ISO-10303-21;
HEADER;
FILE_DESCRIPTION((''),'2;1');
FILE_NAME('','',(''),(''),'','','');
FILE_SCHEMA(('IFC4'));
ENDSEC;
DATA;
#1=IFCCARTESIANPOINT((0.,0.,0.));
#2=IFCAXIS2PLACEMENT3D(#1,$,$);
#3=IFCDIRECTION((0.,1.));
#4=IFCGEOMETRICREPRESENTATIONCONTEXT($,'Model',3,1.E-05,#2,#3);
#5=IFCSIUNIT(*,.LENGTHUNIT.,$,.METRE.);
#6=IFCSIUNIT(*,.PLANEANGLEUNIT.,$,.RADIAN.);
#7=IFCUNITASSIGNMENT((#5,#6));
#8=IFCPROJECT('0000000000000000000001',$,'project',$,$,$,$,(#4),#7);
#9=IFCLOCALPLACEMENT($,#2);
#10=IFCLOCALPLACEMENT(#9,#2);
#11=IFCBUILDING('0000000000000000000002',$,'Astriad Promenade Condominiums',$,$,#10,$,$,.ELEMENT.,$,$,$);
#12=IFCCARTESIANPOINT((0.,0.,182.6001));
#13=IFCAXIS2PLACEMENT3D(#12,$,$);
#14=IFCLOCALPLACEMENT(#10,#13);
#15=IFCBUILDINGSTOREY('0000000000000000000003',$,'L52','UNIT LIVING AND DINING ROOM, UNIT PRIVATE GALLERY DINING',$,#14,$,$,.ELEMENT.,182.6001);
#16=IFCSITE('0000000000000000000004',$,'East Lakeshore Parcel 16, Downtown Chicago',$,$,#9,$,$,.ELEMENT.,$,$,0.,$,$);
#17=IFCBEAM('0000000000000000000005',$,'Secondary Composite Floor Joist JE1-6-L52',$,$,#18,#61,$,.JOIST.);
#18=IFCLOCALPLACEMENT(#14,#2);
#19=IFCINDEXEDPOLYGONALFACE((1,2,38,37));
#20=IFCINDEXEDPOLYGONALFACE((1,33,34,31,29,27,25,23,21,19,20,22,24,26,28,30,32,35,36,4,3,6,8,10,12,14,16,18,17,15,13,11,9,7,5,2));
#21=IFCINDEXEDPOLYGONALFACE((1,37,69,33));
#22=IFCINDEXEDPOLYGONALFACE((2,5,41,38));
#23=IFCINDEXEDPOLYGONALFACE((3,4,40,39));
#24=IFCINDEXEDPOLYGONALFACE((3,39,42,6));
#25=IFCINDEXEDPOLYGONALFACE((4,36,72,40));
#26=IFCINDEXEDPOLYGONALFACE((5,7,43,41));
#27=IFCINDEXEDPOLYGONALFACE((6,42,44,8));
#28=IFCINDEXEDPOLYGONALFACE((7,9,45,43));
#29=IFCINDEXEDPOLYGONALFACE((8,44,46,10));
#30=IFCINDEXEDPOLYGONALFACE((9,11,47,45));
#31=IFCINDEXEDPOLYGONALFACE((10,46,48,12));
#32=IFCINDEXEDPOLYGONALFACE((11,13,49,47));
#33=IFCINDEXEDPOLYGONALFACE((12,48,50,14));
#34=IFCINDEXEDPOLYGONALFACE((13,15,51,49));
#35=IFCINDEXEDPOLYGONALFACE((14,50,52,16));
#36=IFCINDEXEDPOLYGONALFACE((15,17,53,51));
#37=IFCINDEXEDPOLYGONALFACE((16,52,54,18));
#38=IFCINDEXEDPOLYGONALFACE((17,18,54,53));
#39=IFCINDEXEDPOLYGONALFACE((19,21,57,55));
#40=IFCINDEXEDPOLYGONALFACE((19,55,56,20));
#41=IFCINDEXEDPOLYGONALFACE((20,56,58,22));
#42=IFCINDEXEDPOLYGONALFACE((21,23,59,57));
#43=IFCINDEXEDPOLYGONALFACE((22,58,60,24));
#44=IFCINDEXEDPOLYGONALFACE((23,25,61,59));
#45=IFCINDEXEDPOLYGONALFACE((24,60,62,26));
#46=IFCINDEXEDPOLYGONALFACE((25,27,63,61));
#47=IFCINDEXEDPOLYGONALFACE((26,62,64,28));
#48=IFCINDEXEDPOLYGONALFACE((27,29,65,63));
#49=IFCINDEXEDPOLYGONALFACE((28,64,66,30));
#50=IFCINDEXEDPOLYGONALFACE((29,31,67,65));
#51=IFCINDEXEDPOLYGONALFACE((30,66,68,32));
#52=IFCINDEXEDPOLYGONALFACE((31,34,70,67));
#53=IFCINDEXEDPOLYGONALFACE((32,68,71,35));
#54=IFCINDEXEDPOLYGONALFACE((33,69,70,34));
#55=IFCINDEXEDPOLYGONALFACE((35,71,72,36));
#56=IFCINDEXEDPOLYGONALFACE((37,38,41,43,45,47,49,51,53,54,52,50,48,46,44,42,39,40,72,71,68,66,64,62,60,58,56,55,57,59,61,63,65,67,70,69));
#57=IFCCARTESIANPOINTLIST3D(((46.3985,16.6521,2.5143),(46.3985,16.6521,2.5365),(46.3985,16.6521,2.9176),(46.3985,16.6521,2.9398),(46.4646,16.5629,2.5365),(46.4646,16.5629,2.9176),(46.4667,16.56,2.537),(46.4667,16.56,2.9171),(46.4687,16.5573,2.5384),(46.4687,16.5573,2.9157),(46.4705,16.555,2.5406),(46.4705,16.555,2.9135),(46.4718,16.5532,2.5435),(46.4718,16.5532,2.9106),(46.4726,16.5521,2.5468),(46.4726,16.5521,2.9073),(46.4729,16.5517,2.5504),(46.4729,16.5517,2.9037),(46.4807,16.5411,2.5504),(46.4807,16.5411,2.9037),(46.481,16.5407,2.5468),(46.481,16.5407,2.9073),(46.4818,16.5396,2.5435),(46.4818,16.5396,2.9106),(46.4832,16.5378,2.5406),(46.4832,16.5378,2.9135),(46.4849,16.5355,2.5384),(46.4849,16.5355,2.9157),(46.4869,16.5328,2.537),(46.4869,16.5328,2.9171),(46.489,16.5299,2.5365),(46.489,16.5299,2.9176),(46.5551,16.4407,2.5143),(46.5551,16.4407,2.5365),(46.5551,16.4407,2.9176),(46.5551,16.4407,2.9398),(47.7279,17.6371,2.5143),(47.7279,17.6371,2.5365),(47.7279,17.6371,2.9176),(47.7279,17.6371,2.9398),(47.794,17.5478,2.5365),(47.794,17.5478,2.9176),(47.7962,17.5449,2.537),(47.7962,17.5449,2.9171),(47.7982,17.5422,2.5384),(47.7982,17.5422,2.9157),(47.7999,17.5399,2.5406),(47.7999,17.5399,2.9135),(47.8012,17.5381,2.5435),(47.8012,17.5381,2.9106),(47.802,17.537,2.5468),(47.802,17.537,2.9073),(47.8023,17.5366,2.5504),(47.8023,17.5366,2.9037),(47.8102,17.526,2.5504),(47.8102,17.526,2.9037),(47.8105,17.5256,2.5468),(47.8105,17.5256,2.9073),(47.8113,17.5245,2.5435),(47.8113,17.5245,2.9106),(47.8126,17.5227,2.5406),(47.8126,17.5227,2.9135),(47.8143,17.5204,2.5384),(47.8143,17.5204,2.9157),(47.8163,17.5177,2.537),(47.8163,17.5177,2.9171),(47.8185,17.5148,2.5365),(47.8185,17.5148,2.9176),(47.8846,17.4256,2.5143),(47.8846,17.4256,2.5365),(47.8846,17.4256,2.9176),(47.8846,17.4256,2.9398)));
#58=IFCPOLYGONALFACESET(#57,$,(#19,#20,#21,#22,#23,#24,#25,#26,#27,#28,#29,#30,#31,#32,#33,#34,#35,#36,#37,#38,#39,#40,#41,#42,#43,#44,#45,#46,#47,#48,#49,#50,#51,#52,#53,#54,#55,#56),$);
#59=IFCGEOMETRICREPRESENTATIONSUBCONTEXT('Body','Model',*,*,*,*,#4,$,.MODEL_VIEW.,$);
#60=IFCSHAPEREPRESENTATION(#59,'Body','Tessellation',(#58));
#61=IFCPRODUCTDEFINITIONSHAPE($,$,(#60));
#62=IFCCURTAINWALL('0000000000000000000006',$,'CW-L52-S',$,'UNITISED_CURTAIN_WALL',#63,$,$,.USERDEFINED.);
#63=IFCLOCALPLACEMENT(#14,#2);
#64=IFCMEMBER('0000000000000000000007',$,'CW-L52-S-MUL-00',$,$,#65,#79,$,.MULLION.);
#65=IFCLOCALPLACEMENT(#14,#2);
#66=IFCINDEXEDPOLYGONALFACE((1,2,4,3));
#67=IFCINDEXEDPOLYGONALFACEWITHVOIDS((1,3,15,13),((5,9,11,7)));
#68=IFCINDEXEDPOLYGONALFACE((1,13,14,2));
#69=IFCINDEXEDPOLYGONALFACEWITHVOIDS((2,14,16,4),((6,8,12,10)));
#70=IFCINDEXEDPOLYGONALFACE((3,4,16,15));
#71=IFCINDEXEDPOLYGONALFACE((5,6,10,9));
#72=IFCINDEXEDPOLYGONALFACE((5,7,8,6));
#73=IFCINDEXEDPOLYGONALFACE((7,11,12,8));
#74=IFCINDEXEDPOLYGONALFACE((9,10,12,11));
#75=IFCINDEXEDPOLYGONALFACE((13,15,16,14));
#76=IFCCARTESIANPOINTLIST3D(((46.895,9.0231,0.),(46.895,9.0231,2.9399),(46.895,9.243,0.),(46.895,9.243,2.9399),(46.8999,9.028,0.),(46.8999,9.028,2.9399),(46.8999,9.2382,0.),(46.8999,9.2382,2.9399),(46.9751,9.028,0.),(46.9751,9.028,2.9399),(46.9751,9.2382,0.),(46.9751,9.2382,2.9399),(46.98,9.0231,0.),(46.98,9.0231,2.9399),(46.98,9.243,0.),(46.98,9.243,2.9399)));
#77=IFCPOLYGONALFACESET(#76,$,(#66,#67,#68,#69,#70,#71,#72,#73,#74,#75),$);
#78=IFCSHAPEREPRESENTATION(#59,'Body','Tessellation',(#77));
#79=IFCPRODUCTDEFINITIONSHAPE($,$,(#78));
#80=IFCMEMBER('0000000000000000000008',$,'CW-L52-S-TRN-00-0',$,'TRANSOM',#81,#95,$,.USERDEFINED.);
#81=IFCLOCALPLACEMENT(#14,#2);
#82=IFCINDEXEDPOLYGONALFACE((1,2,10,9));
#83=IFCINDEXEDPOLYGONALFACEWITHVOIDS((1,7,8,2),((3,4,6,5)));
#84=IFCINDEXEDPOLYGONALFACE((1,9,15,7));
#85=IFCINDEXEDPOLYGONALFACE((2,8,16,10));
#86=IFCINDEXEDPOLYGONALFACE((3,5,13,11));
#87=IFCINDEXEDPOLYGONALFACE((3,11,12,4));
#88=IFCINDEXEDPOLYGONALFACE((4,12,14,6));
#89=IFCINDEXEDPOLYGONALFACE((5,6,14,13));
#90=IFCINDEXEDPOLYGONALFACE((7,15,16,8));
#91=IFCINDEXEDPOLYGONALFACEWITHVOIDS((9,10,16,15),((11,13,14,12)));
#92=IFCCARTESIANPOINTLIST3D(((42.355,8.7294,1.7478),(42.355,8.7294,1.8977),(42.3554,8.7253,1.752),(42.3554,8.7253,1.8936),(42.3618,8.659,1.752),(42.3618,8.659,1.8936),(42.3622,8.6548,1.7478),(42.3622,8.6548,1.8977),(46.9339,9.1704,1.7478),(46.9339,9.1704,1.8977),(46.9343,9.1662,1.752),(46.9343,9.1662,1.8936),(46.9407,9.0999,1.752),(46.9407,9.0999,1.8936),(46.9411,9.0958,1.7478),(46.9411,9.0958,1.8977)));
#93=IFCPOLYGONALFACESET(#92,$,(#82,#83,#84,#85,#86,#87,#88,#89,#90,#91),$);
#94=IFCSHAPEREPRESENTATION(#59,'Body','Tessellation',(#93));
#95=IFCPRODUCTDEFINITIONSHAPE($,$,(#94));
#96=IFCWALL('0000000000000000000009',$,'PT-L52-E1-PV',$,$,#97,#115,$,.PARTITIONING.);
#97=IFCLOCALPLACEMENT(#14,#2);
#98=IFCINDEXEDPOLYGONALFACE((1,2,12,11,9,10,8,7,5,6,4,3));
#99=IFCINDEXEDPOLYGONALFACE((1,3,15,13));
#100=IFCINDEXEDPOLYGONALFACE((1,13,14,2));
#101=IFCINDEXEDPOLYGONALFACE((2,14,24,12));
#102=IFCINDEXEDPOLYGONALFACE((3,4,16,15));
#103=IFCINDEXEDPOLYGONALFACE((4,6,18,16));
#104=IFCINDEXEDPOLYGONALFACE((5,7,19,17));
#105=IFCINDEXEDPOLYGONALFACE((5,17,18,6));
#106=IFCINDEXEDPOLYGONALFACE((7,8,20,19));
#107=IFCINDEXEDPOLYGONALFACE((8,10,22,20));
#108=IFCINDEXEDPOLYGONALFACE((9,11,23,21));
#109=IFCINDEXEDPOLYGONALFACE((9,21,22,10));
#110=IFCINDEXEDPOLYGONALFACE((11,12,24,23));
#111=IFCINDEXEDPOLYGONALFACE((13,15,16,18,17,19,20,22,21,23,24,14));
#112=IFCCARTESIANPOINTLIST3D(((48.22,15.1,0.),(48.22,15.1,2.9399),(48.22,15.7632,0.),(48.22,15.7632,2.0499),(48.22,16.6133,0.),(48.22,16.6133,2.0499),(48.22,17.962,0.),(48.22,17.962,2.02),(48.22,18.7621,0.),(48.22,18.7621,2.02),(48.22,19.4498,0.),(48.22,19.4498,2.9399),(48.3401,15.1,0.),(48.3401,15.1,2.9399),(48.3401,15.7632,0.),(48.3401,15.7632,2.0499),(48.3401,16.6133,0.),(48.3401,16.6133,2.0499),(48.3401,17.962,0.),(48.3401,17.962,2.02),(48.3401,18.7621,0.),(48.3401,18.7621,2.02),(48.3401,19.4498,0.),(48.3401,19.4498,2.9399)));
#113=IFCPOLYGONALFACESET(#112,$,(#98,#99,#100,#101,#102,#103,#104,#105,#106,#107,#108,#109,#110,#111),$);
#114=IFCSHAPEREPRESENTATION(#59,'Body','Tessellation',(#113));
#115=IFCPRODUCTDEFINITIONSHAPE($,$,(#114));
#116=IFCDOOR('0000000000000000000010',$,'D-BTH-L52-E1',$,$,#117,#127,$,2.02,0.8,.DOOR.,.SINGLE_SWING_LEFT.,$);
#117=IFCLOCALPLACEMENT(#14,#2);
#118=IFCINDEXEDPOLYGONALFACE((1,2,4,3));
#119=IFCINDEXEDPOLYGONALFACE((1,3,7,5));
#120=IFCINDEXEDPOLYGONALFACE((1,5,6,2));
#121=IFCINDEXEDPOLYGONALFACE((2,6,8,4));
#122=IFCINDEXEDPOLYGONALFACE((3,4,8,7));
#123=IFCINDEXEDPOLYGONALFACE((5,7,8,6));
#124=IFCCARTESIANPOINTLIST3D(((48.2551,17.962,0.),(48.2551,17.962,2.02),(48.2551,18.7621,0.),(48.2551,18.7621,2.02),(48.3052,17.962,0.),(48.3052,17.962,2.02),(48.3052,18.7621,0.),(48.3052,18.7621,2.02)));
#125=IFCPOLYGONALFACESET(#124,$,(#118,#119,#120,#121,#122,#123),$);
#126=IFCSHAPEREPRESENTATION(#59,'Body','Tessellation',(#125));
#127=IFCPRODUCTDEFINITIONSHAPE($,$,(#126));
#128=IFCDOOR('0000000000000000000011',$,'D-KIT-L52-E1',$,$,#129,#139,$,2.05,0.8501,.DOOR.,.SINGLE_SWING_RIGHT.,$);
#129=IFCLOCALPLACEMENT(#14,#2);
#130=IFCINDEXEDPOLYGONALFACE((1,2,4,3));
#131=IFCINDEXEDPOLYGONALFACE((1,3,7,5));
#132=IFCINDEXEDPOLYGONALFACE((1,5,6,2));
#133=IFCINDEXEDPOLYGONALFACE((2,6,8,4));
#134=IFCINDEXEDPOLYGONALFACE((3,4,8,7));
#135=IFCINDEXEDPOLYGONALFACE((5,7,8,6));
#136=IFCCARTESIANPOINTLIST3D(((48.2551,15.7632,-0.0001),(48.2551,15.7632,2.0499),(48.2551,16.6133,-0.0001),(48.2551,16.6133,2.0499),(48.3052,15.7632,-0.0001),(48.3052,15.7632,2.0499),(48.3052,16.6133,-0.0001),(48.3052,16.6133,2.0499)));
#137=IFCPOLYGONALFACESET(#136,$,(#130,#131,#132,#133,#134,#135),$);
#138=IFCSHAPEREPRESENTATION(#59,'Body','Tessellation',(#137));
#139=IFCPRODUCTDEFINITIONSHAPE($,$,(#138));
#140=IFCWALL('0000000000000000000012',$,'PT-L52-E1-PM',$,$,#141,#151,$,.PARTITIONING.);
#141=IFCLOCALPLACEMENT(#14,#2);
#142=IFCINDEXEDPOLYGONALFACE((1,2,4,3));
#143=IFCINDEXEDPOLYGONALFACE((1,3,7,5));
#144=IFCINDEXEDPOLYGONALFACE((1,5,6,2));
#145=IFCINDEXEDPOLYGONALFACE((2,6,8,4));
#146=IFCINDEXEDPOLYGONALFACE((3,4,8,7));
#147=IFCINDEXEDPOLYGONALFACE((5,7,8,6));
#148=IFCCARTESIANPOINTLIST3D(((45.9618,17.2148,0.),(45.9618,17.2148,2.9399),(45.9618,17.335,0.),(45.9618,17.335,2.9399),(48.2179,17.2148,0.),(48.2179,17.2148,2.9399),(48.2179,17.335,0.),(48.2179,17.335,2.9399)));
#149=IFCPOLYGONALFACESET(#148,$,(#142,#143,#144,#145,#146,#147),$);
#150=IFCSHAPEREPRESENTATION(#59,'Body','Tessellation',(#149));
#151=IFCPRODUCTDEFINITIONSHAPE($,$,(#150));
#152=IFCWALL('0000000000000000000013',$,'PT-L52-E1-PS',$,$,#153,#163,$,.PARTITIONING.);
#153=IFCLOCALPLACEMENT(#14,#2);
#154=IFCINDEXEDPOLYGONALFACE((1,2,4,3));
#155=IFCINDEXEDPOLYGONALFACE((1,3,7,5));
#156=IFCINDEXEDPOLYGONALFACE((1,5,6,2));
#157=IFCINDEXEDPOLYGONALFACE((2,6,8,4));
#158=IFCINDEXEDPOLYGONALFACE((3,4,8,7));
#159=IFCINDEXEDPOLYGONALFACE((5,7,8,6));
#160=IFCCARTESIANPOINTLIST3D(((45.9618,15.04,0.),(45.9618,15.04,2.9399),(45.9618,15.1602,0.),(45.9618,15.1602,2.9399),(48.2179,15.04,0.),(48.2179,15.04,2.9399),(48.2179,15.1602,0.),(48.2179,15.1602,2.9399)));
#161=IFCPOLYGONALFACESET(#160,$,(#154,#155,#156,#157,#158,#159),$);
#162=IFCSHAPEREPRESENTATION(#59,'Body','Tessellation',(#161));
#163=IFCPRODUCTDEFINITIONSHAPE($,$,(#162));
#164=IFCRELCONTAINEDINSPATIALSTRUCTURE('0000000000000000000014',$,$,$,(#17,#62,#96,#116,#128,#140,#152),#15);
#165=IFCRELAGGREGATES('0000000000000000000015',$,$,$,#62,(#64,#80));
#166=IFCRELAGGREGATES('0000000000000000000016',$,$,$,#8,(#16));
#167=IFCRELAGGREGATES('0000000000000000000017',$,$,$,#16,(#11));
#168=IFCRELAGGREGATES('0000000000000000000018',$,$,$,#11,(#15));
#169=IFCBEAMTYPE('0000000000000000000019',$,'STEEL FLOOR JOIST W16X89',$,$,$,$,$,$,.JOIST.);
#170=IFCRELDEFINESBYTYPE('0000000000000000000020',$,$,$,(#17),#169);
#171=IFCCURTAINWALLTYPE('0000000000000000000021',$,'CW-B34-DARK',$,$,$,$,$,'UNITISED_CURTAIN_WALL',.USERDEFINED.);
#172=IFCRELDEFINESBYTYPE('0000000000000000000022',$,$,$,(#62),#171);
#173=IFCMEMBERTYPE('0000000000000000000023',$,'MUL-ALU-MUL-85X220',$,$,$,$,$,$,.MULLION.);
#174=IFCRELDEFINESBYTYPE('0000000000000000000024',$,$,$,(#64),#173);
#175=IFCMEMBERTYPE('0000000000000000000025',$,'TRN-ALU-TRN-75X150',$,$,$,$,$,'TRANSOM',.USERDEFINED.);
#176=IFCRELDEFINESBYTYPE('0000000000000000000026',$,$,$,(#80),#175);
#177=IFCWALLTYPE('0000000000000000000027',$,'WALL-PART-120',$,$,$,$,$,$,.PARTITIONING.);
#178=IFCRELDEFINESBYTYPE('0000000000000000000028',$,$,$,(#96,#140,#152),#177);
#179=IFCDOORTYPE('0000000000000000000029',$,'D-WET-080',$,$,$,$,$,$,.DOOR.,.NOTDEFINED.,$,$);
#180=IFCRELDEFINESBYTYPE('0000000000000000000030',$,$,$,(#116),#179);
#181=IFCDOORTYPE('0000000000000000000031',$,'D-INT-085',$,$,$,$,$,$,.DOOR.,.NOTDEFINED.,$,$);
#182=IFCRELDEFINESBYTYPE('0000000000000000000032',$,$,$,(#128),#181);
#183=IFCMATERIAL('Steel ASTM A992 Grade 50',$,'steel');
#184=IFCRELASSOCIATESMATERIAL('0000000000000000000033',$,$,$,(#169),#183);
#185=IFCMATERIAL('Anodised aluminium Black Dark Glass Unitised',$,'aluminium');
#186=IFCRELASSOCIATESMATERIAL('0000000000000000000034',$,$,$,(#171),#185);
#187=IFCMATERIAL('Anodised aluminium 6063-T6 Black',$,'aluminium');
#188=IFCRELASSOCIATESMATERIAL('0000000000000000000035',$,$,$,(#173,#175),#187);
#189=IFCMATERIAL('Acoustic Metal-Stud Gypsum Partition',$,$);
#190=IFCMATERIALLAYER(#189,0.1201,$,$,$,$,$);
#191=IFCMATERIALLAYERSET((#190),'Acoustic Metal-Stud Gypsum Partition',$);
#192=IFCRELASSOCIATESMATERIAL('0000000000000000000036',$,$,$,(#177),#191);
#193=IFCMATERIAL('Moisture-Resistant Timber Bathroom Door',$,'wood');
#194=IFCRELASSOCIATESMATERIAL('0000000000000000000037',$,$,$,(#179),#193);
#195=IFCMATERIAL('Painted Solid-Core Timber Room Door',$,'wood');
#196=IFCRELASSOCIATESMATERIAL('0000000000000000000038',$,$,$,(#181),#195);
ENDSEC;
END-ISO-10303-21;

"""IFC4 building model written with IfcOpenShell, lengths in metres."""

from ifc_helpers import new_model, si_unit, direction, frame, frame_2d, origin, origin_2d, place, context, subcontext, project, spatial, rectangle, hollow_rectangle, i_section, extrude, source, transform, mapped, material, layer, layer_set, material_profile, profile_set, type_object, type_shapes, element, fill, aggregate, save


model = new_model("IFC4")

# Units and contexts
model_context = context("Model", 3, precision=1e-05, world=origin(), true_north=direction((0.0, 1.0)))
body_context = subcontext(model_context, "Body", "Model", "MODEL_VIEW")
ifc_project = project(units=[si_unit("LENGTHUNIT", "METRE"), si_unit("PLANEANGLEUNIT", "RADIAN")], contexts=[model_context])

# Site, building, storey
site_placement = place(None, origin())
site = spatial("IfcSite", under=ifc_project, at=site_placement, Name="East Lakeshore Parcel 16, Downtown Chicago", CompositionType="ELEMENT", RefElevation=0.0)
building_placement = place(site_placement, origin())
building = spatial("IfcBuilding", under=site, at=building_placement, Name="Astriad Promenade Condominiums", CompositionType="ELEMENT")
storey_placement = place(building_placement, frame((0.0, 0.0, 182.6001)))
storey = spatial("IfcBuildingStorey", under=building, at=storey_placement, Name="L52", Description="UNIT LIVING AND DINING ROOM, UNIT PRIVATE GALLERY DINING", CompositionType="ELEMENT", Elevation=182.6001)

# Beam
ifc_material_1 = material(Name="Steel ASTM A992 Grade 50", Category="steel")
ifc_material_profile_1 = material_profile(ifc_material_1, i_section(OverallWidth=0.2632, OverallDepth=0.4255, WebThickness=0.0132, FlangeThickness=0.0222, FilletRadius=0.0139, at=origin_2d()), Name="W16X89")
ifc_profile_set_1 = profile_set([ifc_material_profile_1], Name="Steel ASTM A992 Grade 50")
beam_type_1 = type_object("IfcBeamType", Name="STEEL FLOOR JOIST W16X89", PredefinedType="JOIST", material=ifc_profile_set_1)
shared_shape_1 = source(origin(), body_context, "Body", "SweptSolid", [
    extrude(i_section(OverallWidth=0.2632, OverallDepth=0.4255, WebThickness=0.0132, FlangeThickness=0.0222, FilletRadius=0.0139, at=origin_2d()), origin(), (0.0, 0.0, 1.0), 1.6545),
])
beam_1_placement = place(storey_placement, frame((46.4768, 16.5464, 2.7271), z_axis=(0.80351, 0.595291, 0.0), x_axis=(-0.595291, 0.80351, 0.0)))
element("IfcBeam", 1, at=beam_1_placement, inside=storey, type_object=beam_type_1, Name="Secondary Composite Floor Joist JE1-6-L52", PredefinedType="JOIST", context=body_context, shape_type="MappedRepresentation", body=[
    mapped(shared_shape_1, transform((0.0, 0.0, 0.0), scale=1.0)),
])

# Curtain wall, members
ifc_material_2 = material(Name="Anodised aluminium Black Dark Glass Unitised", Category="aluminium")
curtain_wall_type = type_object("IfcCurtainWallType", Name="CW-B34-DARK", ElementType="UNITISED_CURTAIN_WALL", PredefinedType="USERDEFINED", material=ifc_material_2)
curtain_wall_placement = place(storey_placement, origin())
curtain_wall = element("IfcCurtainWall", 2, at=curtain_wall_placement, inside=storey, type_object=curtain_wall_type, Name="CW-L52-S", ObjectType="UNITISED_CURTAIN_WALL", PredefinedType="USERDEFINED")
ifc_material_3 = material(Name="Anodised aluminium 6063-T6 Black", Category="aluminium")
ifc_material_profile_2 = material_profile(ifc_material_3, hollow_rectangle(XDim=0.085, YDim=0.22, WallThickness=0.0049, at=origin_2d()), Name="ALU-MUL-85X220")
ifc_profile_set_2 = profile_set([ifc_material_profile_2], Name="Anodised aluminium 6063-T6 Black")
member_type_1 = type_object("IfcMemberType", Name="MUL-ALU-MUL-85X220", PredefinedType="MULLION", material=ifc_profile_set_2)
shared_shape_2 = source(origin(), body_context, "Body", "SweptSolid", [
    extrude(hollow_rectangle(XDim=0.085, YDim=0.22, WallThickness=0.0049, at=origin_2d()), origin(), (0.0, 0.0, 1.0), 2.9399),
])
type_shapes(member_type_1, [shared_shape_2])
member_1_placement = place(storey_placement, frame((46.9375, 9.1331, 0.0), z_axis=(0.0, 0.0, 1.0), x_axis=(1.0, 0.0, 0.0)))
member_1 = element("IfcMember", 3, at=member_1_placement, type_object=member_type_1, Name="CW-L52-S-MUL-00", PredefinedType="MULLION", context=body_context, shape_type="MappedRepresentation", body=[
    mapped(shared_shape_2, transform((0.0, 0.0, 0.0), scale=1.0)),
])
ifc_material_profile_3 = material_profile(ifc_material_3, hollow_rectangle(XDim=0.075, YDim=0.1499, WallThickness=0.0042, at=origin_2d()), Name="ALU-TRN-75X150")
ifc_profile_set_3 = profile_set([ifc_material_profile_3], Name="Anodised aluminium 6063-T6 Black")
member_type_2 = type_object("IfcMemberType", Name="TRN-ALU-TRN-75X150", ElementType="TRANSOM", PredefinedType="USERDEFINED", material=ifc_profile_set_3)
shared_shape_3 = source(origin(), body_context, "Body", "SweptSolid", [
    extrude(hollow_rectangle(XDim=0.075, YDim=0.1499, WallThickness=0.0042, at=origin_2d()), origin(), (0.0, 0.0, 1.0), 4.6001),
])
type_shapes(member_type_2, [shared_shape_3])
member_2_placement = place(storey_placement, frame((46.9375, 9.1331, 1.8228), z_axis=(-0.995396, -0.095851, 0.0), x_axis=(0.095851, -0.995396, 0.0)))
member_2 = element("IfcMember", 4, at=member_2_placement, type_object=member_type_2, Name="CW-L52-S-TRN-00-0", ObjectType="TRANSOM", PredefinedType="USERDEFINED", context=body_context, shape_type="MappedRepresentation", body=[
    mapped(shared_shape_3, transform((0.0, 0.0, 0.0), scale=1.0)),
])
aggregate(curtain_wall, [member_1, member_2])

# Wall, openings, doors
ifc_material_4 = material(Name="Acoustic Metal-Stud Gypsum Partition")
ifc_layer = layer(ifc_material_4, 0.1201)
ifc_layer_set = layer_set([ifc_layer], Name="Acoustic Metal-Stud Gypsum Partition")
wall_type = type_object("IfcWallType", Name="WALL-PART-120", PredefinedType="PARTITIONING", material=ifc_layer_set)
wall_1_placement = place(storey_placement, frame((48.28, 15.1001, 0.0), z_axis=(0.0, 0.0, 1.0), x_axis=(0.0, 1.0, 0.0)))
wall_1 = element("IfcWall", 5, at=wall_1_placement, inside=storey, type_object=wall_type, Name="PT-L52-E1-PV", PredefinedType="PARTITIONING", context=body_context, shape_type="SweptSolid", body=[
    extrude(rectangle(XDim=4.3499, YDim=0.1201, at=frame_2d((2.1748, 0.0))), origin(), (0.0, 0.0, 1.0), 2.9399),
])
opening_1_placement = place(wall_1_placement, frame((0.6631, 0.0, 0.0)))
opening_1 = element("IfcOpeningElement", 6, at=opening_1_placement, cuts=wall_1, PredefinedType="OPENING", context=body_context, shape_type="SweptSolid", body=[
    extrude(rectangle(XDim=0.8501, YDim=2.05, at=frame_2d((0.425, 1.0249))), frame((0.0, 0.0701, 0.0), z_axis=(0.0, -1.0, 0.0), x_axis=(1.0, 0.0, 0.0)), (0.0, 0.0, 1.0), 0.1401),
])
opening_2_placement = place(wall_1_placement, frame((2.8621, 0.0, 0.0)))
opening_2 = element("IfcOpeningElement", 7, at=opening_2_placement, cuts=wall_1, PredefinedType="OPENING", context=body_context, shape_type="SweptSolid", body=[
    extrude(rectangle(XDim=0.8, YDim=2.02, at=frame_2d((0.3999, 1.01))), frame((0.0, 0.0701, 0.0), z_axis=(0.0, -1.0, 0.0), x_axis=(1.0, 0.0, 0.0)), (0.0, 0.0, 1.0), 0.1401),
])
ifc_material_5 = material(Name="Moisture-Resistant Timber Bathroom Door", Category="wood")
door_type_1 = type_object("IfcDoorType", Name="D-WET-080", OperationType="NOTDEFINED", PredefinedType="DOOR", material=ifc_material_5)
shared_shape_4 = source(origin(), body_context, "Body", "SweptSolid", [
    extrude(rectangle(XDim=0.8, YDim=2.02, at=frame_2d((0.3999, 1.01))), frame((0.0, 0.0249, 0.0), z_axis=(0.0, -1.0, 0.0), x_axis=(1.0, 0.0, 0.0)), (0.0, 0.0, 1.0), 0.05),
])
type_shapes(door_type_1, [shared_shape_4])
door_1_placement = place(opening_2_placement, origin())
door_1 = element("IfcDoor", 8, at=door_1_placement, inside=storey, type_object=door_type_1, Name="D-BTH-L52-E1", OperationType="SINGLE_SWING_LEFT", OverallHeight=2.02, OverallWidth=0.8, PredefinedType="DOOR", context=body_context, shape_type="MappedRepresentation", body=[
    mapped(shared_shape_4, transform((0.0, 0.0, 0.0), scale=1.0)),
])
fill(opening_2, door_1)
ifc_material_6 = material(Name="Painted Solid-Core Timber Room Door", Category="wood")
door_type_2 = type_object("IfcDoorType", Name="D-INT-085", OperationType="NOTDEFINED", PredefinedType="DOOR", material=ifc_material_6)
shared_shape_5 = source(origin(), body_context, "Body", "SweptSolid", [
    extrude(rectangle(XDim=0.8501, YDim=2.05, at=frame_2d((0.425, 1.0249))), frame((0.0, 0.0249, 0.0), z_axis=(0.0, -1.0, 0.0), x_axis=(1.0, 0.0, 0.0)), (0.0, 0.0, 1.0), 0.05),
])
type_shapes(door_type_2, [shared_shape_5])
door_2_placement = place(opening_1_placement, origin())
door_2 = element("IfcDoor", 9, at=door_2_placement, inside=storey, type_object=door_type_2, Name="D-KIT-L52-E1", OperationType="SINGLE_SWING_RIGHT", OverallHeight=2.05, OverallWidth=0.8501, PredefinedType="DOOR", context=body_context, shape_type="MappedRepresentation", body=[
    mapped(shared_shape_5, transform((0.0, 0.0, 0.0), scale=1.0)),
])
fill(opening_1, door_2)

# Walls
for number, where, z_axis, x_axis, name in (
    (10, (45.9619, 17.2749, 0.0), (0.0, 0.0, 1.0), (1.0, 0.0, 0.0), "PT-L52-E1-PM"),
    (11, (45.9619, 15.1001, 0.0), (0.0, 0.0, 1.0), (1.0, 0.0, 0.0), "PT-L52-E1-PS"),
):
    element("IfcWall", number, at=place(storey_placement, frame(where, z_axis=z_axis, x_axis=x_axis)), inside=storey, type_object=wall_type, Name=name, PredefinedType="PARTITIONING", context=body_context, shape_type="SweptSolid", body=[
        extrude(rectangle(XDim=2.2561, YDim=0.1201, at=frame_2d((1.1279, 0.0))), origin(), (0.0, 0.0, 1.0), 2.9399),
    ])

save(model, "model.ifc")
